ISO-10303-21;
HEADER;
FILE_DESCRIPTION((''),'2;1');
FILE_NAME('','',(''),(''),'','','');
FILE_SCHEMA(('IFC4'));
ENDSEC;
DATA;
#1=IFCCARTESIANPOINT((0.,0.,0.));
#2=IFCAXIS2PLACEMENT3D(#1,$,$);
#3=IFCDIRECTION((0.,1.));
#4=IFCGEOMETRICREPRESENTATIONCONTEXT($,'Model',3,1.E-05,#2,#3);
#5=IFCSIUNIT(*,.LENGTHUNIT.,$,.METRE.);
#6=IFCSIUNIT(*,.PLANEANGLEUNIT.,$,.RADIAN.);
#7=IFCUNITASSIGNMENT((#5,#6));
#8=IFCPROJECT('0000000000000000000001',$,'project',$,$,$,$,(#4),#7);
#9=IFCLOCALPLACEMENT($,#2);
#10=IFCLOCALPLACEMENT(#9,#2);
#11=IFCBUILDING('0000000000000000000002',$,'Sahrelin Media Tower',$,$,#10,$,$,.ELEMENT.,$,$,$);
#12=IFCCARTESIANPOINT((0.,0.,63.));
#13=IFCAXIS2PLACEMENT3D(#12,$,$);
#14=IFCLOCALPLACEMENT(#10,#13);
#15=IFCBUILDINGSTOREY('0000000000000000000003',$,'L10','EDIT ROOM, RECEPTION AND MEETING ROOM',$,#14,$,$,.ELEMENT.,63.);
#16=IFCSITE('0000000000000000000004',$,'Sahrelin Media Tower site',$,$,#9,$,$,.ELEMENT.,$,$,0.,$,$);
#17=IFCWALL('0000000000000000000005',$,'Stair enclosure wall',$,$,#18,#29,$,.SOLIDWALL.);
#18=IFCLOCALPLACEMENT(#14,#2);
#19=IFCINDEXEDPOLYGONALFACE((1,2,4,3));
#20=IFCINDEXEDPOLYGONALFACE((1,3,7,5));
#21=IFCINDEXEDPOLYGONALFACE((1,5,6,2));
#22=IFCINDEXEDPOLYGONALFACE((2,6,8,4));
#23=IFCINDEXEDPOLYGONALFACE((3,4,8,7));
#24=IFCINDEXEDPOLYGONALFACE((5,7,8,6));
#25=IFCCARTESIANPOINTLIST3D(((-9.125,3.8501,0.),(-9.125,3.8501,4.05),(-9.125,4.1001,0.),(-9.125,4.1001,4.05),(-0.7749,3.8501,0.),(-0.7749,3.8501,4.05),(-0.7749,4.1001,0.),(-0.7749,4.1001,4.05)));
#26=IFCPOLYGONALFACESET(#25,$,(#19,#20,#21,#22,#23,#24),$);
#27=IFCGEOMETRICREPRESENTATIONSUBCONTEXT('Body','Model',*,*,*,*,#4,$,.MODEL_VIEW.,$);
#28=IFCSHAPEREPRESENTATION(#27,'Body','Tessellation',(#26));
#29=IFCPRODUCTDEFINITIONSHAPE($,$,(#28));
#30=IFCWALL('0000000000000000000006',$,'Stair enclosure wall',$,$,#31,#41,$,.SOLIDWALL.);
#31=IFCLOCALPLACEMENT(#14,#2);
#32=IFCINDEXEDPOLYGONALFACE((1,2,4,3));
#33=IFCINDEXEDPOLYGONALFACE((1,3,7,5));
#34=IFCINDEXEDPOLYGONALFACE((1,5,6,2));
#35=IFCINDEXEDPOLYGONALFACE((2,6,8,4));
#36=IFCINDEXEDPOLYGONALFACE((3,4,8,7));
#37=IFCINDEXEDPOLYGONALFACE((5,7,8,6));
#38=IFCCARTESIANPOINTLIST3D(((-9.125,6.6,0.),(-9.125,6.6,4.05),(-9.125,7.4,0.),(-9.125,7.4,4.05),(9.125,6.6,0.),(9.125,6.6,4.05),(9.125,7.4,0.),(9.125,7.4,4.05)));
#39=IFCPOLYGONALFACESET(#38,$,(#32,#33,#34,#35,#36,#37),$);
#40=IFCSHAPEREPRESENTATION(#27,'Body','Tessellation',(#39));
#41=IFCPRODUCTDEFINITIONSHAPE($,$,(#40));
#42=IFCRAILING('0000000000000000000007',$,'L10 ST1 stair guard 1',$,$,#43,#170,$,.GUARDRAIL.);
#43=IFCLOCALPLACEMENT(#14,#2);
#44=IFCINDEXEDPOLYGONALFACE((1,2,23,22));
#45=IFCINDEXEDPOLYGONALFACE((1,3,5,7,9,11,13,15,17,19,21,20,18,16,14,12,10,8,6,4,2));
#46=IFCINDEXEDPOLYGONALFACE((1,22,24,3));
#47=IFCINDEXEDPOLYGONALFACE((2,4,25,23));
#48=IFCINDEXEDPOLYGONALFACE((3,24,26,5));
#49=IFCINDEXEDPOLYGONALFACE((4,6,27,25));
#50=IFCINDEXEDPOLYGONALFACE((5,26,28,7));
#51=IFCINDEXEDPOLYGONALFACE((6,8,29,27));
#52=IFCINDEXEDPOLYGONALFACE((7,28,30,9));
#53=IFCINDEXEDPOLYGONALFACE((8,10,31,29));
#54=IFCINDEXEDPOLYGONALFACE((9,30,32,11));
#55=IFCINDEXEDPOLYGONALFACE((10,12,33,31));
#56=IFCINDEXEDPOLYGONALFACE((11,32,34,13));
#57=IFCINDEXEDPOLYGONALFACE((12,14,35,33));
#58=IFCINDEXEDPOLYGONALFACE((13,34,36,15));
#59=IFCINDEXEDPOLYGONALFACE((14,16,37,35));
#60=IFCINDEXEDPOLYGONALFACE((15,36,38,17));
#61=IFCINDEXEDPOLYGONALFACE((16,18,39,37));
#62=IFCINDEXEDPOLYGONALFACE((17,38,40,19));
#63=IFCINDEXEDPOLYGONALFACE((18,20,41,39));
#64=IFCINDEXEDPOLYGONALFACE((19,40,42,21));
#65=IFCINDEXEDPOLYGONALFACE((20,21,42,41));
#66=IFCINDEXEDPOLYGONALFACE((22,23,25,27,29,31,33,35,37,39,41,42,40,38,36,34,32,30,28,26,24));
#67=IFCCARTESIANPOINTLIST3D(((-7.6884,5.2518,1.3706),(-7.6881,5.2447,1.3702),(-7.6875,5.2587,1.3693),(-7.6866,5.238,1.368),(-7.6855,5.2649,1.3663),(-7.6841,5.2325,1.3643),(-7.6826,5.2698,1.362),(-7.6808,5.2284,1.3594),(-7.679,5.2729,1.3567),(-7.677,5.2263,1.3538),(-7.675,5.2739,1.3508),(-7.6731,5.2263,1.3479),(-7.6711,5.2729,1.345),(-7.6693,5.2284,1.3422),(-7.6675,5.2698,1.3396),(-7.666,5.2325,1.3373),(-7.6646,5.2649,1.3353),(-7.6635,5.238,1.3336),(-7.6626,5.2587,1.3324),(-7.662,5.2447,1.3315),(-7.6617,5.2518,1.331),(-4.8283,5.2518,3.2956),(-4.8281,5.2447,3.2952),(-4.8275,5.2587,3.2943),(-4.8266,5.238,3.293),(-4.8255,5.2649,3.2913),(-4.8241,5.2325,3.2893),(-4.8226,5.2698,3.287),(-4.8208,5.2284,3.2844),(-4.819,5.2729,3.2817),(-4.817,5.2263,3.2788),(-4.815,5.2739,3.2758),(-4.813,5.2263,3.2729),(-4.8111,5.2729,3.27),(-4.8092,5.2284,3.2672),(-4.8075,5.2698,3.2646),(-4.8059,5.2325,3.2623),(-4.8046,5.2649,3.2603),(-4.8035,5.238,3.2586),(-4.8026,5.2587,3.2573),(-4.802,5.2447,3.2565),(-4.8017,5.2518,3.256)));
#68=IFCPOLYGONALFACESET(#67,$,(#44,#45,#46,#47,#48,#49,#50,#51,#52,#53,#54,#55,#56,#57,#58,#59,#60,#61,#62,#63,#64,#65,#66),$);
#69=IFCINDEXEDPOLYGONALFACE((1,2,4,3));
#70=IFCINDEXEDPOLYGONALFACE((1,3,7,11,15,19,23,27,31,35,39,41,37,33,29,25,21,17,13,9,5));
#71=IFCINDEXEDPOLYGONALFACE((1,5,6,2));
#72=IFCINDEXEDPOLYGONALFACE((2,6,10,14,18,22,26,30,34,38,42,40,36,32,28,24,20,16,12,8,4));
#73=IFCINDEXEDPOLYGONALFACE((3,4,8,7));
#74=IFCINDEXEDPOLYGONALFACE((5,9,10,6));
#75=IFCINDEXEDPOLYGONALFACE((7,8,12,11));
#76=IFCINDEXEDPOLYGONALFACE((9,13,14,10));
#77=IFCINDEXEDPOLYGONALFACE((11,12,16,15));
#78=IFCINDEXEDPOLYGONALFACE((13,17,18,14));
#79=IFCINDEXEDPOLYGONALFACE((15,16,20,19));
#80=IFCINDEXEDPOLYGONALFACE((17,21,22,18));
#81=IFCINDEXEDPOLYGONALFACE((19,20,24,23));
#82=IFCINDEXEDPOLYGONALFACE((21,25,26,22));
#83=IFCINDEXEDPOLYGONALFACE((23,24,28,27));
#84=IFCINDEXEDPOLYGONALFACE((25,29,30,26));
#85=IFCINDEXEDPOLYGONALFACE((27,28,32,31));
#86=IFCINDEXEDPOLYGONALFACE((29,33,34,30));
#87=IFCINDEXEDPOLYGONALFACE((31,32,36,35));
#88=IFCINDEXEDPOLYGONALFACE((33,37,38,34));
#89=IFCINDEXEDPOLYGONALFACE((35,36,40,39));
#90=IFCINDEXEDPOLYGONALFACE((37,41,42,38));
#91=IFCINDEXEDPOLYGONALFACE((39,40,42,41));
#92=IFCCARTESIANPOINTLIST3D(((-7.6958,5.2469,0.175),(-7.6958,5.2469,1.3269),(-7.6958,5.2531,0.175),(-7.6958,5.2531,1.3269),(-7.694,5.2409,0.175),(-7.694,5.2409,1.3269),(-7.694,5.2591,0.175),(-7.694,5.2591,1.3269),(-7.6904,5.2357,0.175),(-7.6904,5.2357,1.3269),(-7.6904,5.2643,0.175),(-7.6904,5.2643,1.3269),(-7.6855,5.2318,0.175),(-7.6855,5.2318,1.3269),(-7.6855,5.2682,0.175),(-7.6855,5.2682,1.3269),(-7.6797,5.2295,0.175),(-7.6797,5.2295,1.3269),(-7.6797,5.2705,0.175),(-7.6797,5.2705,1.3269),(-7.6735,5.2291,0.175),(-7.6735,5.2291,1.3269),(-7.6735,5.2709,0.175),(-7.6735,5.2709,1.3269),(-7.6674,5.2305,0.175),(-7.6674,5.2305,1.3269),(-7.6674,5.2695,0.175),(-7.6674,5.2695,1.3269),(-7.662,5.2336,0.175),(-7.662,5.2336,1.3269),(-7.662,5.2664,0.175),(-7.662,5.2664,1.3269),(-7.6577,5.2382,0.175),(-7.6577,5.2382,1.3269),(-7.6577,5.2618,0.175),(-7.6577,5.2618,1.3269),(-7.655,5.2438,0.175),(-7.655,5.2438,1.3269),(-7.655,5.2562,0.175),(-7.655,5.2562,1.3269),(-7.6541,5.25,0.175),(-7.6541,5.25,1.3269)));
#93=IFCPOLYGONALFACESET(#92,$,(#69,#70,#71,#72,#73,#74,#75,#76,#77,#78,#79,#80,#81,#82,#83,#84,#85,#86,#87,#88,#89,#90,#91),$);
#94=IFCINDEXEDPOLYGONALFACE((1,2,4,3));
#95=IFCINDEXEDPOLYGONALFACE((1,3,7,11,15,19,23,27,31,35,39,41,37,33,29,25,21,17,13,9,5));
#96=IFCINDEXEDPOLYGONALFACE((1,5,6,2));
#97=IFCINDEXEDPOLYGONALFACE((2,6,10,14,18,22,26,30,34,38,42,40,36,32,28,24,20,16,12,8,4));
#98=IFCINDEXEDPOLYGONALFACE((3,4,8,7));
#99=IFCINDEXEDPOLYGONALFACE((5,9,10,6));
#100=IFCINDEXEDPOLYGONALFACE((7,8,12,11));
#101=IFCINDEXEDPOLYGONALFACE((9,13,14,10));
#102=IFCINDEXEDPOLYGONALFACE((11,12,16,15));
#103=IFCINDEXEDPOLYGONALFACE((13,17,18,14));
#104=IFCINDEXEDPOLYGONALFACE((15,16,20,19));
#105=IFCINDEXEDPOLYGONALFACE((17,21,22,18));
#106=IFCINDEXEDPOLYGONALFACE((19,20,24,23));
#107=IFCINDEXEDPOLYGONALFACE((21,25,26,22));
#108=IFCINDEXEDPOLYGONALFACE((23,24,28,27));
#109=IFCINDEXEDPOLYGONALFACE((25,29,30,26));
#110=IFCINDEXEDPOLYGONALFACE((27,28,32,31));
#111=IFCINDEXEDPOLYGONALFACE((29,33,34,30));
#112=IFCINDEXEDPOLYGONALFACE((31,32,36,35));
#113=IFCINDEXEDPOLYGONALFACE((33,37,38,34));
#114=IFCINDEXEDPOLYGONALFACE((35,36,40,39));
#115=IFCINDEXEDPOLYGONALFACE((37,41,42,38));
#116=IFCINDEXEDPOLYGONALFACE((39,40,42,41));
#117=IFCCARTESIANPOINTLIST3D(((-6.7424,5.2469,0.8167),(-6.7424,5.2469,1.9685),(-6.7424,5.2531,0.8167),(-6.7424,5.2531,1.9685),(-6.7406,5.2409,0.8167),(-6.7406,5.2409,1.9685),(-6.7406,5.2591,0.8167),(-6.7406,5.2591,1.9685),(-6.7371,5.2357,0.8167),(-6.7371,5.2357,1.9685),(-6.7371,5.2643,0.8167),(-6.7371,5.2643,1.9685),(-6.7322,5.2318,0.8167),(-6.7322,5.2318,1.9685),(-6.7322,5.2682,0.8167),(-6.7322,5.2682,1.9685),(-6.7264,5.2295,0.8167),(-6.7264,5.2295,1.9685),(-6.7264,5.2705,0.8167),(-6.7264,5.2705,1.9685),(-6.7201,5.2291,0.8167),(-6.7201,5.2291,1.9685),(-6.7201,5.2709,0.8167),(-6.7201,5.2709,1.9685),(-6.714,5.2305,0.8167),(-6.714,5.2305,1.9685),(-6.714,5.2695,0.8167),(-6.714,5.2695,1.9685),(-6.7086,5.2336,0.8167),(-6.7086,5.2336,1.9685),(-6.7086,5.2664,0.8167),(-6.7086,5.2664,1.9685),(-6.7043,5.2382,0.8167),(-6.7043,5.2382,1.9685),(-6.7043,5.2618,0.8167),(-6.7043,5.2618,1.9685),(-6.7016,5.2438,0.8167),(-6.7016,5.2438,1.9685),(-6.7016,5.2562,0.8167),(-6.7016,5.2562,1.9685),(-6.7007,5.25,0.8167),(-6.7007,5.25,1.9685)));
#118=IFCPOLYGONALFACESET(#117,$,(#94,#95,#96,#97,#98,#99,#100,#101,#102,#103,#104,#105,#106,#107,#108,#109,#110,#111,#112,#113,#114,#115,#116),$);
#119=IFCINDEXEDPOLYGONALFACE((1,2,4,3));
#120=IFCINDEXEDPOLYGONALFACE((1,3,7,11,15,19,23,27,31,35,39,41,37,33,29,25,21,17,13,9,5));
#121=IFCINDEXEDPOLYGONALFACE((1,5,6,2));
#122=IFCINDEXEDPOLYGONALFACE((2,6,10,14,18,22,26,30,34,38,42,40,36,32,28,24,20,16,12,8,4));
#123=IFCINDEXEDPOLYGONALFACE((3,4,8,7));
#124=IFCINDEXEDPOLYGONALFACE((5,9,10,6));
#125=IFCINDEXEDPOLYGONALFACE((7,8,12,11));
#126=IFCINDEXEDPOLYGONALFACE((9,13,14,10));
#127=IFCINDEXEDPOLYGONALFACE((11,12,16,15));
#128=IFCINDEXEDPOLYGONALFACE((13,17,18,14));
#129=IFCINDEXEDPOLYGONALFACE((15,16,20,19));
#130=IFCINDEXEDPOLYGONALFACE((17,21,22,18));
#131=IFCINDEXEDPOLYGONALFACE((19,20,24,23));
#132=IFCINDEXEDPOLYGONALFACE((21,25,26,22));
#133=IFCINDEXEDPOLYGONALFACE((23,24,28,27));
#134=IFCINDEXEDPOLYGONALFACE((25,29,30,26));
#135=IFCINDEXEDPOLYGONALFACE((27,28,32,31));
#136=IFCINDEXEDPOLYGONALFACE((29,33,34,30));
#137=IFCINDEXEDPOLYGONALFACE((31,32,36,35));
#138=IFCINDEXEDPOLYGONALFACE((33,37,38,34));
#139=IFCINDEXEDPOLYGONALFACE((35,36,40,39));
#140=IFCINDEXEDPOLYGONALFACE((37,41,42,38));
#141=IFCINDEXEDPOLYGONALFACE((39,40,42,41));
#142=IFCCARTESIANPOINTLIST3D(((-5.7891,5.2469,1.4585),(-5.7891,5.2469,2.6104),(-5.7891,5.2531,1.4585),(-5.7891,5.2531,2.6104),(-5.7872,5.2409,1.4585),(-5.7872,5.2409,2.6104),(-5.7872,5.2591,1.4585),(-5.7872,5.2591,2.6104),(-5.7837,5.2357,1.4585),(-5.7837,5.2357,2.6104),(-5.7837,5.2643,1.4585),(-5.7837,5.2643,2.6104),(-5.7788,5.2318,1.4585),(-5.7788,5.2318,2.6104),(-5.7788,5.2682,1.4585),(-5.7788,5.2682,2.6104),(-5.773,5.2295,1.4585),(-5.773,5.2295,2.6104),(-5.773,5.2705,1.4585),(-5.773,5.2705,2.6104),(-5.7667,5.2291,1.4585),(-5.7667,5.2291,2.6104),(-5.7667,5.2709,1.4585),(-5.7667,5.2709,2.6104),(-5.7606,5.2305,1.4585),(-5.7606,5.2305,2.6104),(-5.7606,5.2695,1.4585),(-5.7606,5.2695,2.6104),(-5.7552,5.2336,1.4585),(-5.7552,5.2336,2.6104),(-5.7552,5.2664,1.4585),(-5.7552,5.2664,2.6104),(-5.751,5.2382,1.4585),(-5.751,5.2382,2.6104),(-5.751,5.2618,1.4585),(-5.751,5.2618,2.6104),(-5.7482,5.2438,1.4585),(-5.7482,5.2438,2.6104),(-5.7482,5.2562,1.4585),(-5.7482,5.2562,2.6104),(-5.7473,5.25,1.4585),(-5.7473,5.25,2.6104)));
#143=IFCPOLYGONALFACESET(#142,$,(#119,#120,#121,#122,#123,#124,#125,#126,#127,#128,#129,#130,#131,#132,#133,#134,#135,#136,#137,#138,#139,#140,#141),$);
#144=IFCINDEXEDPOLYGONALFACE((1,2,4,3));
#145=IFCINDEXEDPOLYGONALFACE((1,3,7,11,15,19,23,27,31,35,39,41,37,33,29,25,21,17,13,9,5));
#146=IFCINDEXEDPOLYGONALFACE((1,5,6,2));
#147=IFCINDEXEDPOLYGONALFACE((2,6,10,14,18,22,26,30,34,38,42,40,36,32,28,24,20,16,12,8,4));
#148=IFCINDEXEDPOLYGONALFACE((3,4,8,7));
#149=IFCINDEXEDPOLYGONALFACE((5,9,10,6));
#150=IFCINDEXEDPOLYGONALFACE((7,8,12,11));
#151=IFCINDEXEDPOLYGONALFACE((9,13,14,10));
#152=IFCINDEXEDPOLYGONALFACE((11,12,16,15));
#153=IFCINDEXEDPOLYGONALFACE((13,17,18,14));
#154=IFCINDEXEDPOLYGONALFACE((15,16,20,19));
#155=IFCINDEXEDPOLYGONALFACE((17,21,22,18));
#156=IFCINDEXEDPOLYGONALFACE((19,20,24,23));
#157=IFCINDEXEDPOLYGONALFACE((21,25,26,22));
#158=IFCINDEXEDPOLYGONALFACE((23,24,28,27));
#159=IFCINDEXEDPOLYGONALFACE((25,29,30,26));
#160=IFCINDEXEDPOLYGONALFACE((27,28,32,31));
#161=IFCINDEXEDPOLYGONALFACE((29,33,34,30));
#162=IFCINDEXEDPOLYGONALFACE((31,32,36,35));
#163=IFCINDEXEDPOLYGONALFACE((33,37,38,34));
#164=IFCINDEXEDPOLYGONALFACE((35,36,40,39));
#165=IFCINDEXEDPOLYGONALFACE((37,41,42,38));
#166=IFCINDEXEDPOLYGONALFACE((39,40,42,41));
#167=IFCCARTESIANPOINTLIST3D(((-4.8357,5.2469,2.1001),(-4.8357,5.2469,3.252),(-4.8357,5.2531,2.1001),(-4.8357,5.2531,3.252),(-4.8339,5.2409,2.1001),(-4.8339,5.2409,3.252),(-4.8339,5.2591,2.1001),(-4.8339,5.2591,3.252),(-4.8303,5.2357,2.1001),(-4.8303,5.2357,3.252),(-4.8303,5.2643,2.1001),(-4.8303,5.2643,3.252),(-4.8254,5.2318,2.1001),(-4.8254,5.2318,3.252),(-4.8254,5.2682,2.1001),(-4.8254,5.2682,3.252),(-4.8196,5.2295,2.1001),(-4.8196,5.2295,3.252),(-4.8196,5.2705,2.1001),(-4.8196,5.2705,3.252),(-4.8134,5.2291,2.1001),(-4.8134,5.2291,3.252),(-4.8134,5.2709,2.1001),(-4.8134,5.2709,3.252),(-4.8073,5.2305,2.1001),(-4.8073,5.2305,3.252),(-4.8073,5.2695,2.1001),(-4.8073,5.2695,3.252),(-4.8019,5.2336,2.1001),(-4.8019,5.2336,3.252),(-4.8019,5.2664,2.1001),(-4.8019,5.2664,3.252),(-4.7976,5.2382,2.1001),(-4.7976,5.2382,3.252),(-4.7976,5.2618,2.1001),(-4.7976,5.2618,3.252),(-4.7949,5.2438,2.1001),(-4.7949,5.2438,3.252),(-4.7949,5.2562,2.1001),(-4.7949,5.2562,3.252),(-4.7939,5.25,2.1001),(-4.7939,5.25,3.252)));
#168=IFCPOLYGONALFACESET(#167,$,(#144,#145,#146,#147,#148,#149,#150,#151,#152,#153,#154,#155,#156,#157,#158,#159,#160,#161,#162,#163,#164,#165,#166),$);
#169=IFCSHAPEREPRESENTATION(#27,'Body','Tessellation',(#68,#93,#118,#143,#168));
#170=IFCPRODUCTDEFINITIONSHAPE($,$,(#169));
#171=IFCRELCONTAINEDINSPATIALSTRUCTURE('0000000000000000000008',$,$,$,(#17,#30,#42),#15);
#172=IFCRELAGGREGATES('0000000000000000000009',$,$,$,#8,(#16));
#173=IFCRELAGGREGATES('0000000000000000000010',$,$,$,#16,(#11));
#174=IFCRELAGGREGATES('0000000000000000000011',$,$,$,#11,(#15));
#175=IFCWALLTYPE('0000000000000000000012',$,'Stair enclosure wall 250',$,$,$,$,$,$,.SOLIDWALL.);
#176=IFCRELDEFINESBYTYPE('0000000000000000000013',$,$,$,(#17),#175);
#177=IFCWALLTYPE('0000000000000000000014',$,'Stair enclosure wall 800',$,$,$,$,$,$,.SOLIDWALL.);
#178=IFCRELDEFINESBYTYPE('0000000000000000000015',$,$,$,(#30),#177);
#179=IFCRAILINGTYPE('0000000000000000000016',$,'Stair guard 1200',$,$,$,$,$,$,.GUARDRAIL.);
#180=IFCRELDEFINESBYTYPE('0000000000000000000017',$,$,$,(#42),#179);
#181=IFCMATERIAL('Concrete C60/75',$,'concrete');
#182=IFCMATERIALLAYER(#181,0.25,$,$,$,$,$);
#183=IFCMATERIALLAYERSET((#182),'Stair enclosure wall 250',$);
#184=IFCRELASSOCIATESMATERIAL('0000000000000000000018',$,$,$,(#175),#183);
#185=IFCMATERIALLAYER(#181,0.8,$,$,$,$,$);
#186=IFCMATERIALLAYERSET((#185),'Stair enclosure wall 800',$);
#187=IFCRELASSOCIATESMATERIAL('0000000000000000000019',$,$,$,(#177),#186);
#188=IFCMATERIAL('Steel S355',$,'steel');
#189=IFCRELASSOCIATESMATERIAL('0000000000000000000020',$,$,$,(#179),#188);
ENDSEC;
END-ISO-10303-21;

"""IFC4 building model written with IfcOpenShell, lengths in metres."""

from ifc_helpers import new_model, si_unit, direction, frame, frame_2d, origin, origin_2d, place, context, subcontext, project, spatial, rectangle, circle, extrude, material, layer, layer_set, type_object, element, save


model = new_model("IFC4")

# Units and contexts
model_context = context("Model", 3, precision=1e-05, world=origin(), true_north=direction((0.0, 1.0)))
body_context = subcontext(model_context, "Body", "Model", "MODEL_VIEW")
ifc_project = project(units=[si_unit("LENGTHUNIT", "METRE"), si_unit("PLANEANGLEUNIT", "RADIAN")], contexts=[model_context])

# Site, building, storey
site_placement = place(None, origin())
site = spatial("IfcSite", under=ifc_project, at=site_placement, Name="Sahrelin Media Tower site", CompositionType="ELEMENT", RefElevation=0.0)
building_placement = place(site_placement, origin())
building = spatial("IfcBuilding", under=site, at=building_placement, Name="Sahrelin Media Tower", CompositionType="ELEMENT")
storey_placement = place(building_placement, frame((0.0, 0.0, 63.0)))
storey = spatial("IfcBuildingStorey", under=building, at=storey_placement, Name="L10", Description="EDIT ROOM, RECEPTION AND MEETING ROOM", CompositionType="ELEMENT", Elevation=63.0)

# Shared definitions
ifc_material_1 = material(Name="Steel S355", Category="steel")

# Shared definitions
ifc_material_2 = material(Name="Concrete C60/75", Category="concrete")

# Shared definitions
ifc_layer_1 = layer(ifc_material_2, 0.25)
ifc_layer_set_1 = layer_set([ifc_layer_1], Name="Stair enclosure wall 250")
wall_type_1 = type_object("IfcWallType", Name="Stair enclosure wall 250", PredefinedType="SOLIDWALL", material=ifc_layer_set_1)

# Walls
wall_1_placement = place(storey_placement, frame((-9.125, 3.9751, 0.0), z_axis=(0.0, 0.0, 1.0), x_axis=(1.0, 0.0, 0.0)))
element("IfcWall", 1, at=wall_1_placement, inside=storey, type_object=wall_type_1, Name="Stair enclosure wall", PredefinedType="SOLIDWALL", context=body_context, shape_type="SweptSolid", body=[
    extrude(rectangle(XDim=8.3501, YDim=0.25, at=frame_2d((4.175, 0.0))), origin(), (0.0, 0.0, 1.0), 4.05),
])
ifc_layer_2 = layer(ifc_material_2, 0.8)
ifc_layer_set_2 = layer_set([ifc_layer_2], Name="Stair enclosure wall 800")
wall_type_2 = type_object("IfcWallType", Name="Stair enclosure wall 800", PredefinedType="SOLIDWALL", material=ifc_layer_set_2)
wall_2_placement = place(storey_placement, frame((-9.125, 7.0, 0.0), z_axis=(0.0, 0.0, 1.0), x_axis=(1.0, 0.0, 0.0)))
element("IfcWall", 2, at=wall_2_placement, inside=storey, type_object=wall_type_2, Name="Stair enclosure wall", PredefinedType="SOLIDWALL", context=body_context, shape_type="SweptSolid", body=[
    extrude(rectangle(XDim=18.25, YDim=0.8, at=frame_2d((9.125, 0.0))), origin(), (0.0, 0.0, 1.0), 4.05),
])

# Railing
railing_type_1 = type_object("IfcRailingType", Name="Stair guard 1200", PredefinedType="GUARDRAIL", material=ifc_material_1)
railing_1_placement = place(storey_placement, frame((-7.675, 5.25, 0.175)))
element("IfcRailing", 3, at=railing_1_placement, inside=storey, type_object=railing_type_1, Name="L10 ST1 stair guard 1", PredefinedType="GUARDRAIL", context=body_context, shape_type="SweptSolid", body=[
    extrude(circle(Radius=0.0239, at=origin_2d()), frame((0.0, 0.0, 1.1758), z_axis=(0.829591, 0.0, 0.558372), x_axis=(0.0, 1.0, 0.0)), (0.0, 0.0, 1.0), 3.4475),
    extrude(circle(Radius=0.021, at=origin_2d()), origin(), (0.0, 0.0, 1.0), 1.1519),
    extrude(circle(Radius=0.021, at=origin_2d()), frame((0.9534, 0.0, 0.6416)), (0.0, 0.0, 1.0), 1.1519),
    extrude(circle(Radius=0.021, at=origin_2d()), frame((1.9067, 0.0, 1.2834)), (0.0, 0.0, 1.0), 1.1519),
    extrude(circle(Radius=0.021, at=origin_2d()), frame((2.8601, 0.0, 1.925)), (0.0, 0.0, 1.0), 1.1519),
])

save(model, "model.ifc")
